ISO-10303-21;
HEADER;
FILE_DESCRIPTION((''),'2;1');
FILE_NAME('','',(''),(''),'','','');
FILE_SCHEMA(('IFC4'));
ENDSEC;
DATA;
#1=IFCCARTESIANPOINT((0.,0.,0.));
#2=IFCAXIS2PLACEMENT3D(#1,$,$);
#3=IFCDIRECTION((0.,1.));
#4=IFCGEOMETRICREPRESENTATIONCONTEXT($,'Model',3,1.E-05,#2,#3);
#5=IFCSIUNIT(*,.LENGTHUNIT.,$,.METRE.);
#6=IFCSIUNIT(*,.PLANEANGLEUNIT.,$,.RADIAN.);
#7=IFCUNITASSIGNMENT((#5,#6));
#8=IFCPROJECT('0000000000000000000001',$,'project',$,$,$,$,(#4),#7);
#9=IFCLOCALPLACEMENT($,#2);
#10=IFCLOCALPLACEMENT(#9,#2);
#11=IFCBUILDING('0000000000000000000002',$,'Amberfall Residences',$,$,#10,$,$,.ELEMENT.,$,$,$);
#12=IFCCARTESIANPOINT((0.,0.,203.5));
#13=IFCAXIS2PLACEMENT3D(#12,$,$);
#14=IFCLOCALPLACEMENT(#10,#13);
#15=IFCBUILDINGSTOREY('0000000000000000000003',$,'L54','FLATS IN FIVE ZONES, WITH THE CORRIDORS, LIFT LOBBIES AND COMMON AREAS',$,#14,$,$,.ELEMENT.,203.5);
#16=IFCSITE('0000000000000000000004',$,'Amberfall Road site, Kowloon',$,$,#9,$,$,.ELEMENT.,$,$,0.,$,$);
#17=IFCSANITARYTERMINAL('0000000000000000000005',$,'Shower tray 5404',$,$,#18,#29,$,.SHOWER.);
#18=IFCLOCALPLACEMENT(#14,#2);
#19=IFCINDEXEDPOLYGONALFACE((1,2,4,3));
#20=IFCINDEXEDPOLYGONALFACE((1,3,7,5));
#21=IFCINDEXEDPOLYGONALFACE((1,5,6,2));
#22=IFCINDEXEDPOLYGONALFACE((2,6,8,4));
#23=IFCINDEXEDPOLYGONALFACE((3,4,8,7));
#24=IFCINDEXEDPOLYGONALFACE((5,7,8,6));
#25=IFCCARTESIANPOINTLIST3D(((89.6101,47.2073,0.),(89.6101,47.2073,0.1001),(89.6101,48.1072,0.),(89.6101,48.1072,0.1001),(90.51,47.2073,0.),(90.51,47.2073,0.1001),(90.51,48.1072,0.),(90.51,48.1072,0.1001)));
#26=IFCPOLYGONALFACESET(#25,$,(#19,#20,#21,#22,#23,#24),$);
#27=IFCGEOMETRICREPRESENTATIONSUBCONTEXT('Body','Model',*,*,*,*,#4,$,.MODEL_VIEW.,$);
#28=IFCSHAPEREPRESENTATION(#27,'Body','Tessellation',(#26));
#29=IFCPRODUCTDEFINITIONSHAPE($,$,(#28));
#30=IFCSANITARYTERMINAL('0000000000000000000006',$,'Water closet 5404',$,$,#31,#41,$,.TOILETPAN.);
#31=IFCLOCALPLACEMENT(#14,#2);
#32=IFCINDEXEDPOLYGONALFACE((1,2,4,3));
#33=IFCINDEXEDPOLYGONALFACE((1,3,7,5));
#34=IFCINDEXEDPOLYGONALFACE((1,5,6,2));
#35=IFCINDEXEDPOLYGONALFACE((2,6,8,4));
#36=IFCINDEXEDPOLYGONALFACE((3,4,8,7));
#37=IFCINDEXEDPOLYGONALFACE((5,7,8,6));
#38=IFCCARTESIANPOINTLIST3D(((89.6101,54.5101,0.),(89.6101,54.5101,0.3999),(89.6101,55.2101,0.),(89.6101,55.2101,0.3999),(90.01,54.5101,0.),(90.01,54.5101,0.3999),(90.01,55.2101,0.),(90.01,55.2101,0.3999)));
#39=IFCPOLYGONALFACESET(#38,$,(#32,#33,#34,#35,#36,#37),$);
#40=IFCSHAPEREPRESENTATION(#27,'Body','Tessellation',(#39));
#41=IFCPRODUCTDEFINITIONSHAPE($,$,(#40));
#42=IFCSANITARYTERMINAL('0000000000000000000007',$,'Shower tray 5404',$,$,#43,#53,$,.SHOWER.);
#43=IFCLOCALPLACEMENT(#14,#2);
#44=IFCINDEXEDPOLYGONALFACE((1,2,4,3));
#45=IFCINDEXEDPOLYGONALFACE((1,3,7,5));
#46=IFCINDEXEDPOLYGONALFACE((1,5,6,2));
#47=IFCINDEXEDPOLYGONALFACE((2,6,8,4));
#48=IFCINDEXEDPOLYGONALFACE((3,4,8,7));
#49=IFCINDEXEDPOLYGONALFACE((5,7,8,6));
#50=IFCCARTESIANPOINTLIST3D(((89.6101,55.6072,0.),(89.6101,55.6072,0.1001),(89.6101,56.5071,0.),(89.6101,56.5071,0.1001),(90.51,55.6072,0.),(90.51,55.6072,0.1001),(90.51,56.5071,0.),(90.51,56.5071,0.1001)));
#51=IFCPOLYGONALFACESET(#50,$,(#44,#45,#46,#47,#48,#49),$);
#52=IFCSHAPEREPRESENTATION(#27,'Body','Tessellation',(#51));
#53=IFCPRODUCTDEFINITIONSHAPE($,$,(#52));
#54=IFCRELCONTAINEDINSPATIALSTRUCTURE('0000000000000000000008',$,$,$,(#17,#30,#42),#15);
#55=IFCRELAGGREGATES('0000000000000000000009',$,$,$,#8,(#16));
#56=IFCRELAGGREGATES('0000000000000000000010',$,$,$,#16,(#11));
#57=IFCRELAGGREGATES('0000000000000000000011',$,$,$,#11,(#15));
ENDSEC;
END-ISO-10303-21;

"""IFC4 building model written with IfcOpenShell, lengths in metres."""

from ifc_helpers import new_model, si_unit, direction, frame, origin, origin_2d, place, context, subcontext, project, spatial, rectangle, extrude, element, save


model = new_model("IFC4")

# Units and contexts
model_context = context("Model", 3, precision=1e-05, world=origin(), true_north=direction((0.0, 1.0)))
body_context = subcontext(model_context, "Body", "Model", "MODEL_VIEW")
ifc_project = project(units=[si_unit("LENGTHUNIT", "METRE"), si_unit("PLANEANGLEUNIT", "RADIAN")], contexts=[model_context])

# Site, building, storey
site_placement = place(None, origin())
site = spatial("IfcSite", under=ifc_project, at=site_placement, Name="Amberfall Road site, Kowloon", CompositionType="ELEMENT", RefElevation=0.0)
building_placement = place(site_placement, origin())
building = spatial("IfcBuilding", under=site, at=building_placement, Name="Amberfall Residences", CompositionType="ELEMENT")
storey_placement = place(building_placement, frame((0.0, 0.0, 203.5)))
storey = spatial("IfcBuildingStorey", under=building, at=storey_placement, Name="L54", Description="FLATS IN FIVE ZONES, WITH THE CORRIDORS, LIFT LOBBIES AND COMMON AREAS", CompositionType="ELEMENT", Elevation=203.5)

# Sanitary terminals
sanitary_terminal_1_placement = place(storey_placement, frame((90.0601, 47.6572, 0.0), z_axis=(0.0, 0.0, 1.0), x_axis=(1.0, 0.0, 0.0)))
element("IfcSanitaryTerminal", 1, at=sanitary_terminal_1_placement, inside=storey, Name="Shower tray 5404", PredefinedType="SHOWER", context=body_context, shape_type="SweptSolid", body=[
    extrude(rectangle(XDim=0.8999, YDim=0.8999, at=origin_2d()), origin(), (0.0, 0.0, 1.0), 0.1001),
])
sanitary_terminal_2_placement = place(storey_placement, frame((89.8101, 54.8601, 0.0), z_axis=(0.0, 0.0, 1.0), x_axis=(1.0, 0.0, 0.0)))
element("IfcSanitaryTerminal", 2, at=sanitary_terminal_2_placement, inside=storey, Name="Water closet 5404", PredefinedType="TOILETPAN", context=body_context, shape_type="SweptSolid", body=[
    extrude(rectangle(XDim=0.3999, YDim=0.7, at=origin_2d()), origin(), (0.0, 0.0, 1.0), 0.3999),
])
sanitary_terminal_3_placement = place(storey_placement, frame((90.0601, 56.0571, 0.0), z_axis=(0.0, 0.0, 1.0), x_axis=(1.0, 0.0, 0.0)))
element("IfcSanitaryTerminal", 3, at=sanitary_terminal_3_placement, inside=storey, Name="Shower tray 5404", PredefinedType="SHOWER", context=body_context, shape_type="SweptSolid", body=[
    extrude(rectangle(XDim=0.8999, YDim=0.8999, at=origin_2d()), origin(), (0.0, 0.0, 1.0), 0.1001),
])

save(model, "model.ifc")
